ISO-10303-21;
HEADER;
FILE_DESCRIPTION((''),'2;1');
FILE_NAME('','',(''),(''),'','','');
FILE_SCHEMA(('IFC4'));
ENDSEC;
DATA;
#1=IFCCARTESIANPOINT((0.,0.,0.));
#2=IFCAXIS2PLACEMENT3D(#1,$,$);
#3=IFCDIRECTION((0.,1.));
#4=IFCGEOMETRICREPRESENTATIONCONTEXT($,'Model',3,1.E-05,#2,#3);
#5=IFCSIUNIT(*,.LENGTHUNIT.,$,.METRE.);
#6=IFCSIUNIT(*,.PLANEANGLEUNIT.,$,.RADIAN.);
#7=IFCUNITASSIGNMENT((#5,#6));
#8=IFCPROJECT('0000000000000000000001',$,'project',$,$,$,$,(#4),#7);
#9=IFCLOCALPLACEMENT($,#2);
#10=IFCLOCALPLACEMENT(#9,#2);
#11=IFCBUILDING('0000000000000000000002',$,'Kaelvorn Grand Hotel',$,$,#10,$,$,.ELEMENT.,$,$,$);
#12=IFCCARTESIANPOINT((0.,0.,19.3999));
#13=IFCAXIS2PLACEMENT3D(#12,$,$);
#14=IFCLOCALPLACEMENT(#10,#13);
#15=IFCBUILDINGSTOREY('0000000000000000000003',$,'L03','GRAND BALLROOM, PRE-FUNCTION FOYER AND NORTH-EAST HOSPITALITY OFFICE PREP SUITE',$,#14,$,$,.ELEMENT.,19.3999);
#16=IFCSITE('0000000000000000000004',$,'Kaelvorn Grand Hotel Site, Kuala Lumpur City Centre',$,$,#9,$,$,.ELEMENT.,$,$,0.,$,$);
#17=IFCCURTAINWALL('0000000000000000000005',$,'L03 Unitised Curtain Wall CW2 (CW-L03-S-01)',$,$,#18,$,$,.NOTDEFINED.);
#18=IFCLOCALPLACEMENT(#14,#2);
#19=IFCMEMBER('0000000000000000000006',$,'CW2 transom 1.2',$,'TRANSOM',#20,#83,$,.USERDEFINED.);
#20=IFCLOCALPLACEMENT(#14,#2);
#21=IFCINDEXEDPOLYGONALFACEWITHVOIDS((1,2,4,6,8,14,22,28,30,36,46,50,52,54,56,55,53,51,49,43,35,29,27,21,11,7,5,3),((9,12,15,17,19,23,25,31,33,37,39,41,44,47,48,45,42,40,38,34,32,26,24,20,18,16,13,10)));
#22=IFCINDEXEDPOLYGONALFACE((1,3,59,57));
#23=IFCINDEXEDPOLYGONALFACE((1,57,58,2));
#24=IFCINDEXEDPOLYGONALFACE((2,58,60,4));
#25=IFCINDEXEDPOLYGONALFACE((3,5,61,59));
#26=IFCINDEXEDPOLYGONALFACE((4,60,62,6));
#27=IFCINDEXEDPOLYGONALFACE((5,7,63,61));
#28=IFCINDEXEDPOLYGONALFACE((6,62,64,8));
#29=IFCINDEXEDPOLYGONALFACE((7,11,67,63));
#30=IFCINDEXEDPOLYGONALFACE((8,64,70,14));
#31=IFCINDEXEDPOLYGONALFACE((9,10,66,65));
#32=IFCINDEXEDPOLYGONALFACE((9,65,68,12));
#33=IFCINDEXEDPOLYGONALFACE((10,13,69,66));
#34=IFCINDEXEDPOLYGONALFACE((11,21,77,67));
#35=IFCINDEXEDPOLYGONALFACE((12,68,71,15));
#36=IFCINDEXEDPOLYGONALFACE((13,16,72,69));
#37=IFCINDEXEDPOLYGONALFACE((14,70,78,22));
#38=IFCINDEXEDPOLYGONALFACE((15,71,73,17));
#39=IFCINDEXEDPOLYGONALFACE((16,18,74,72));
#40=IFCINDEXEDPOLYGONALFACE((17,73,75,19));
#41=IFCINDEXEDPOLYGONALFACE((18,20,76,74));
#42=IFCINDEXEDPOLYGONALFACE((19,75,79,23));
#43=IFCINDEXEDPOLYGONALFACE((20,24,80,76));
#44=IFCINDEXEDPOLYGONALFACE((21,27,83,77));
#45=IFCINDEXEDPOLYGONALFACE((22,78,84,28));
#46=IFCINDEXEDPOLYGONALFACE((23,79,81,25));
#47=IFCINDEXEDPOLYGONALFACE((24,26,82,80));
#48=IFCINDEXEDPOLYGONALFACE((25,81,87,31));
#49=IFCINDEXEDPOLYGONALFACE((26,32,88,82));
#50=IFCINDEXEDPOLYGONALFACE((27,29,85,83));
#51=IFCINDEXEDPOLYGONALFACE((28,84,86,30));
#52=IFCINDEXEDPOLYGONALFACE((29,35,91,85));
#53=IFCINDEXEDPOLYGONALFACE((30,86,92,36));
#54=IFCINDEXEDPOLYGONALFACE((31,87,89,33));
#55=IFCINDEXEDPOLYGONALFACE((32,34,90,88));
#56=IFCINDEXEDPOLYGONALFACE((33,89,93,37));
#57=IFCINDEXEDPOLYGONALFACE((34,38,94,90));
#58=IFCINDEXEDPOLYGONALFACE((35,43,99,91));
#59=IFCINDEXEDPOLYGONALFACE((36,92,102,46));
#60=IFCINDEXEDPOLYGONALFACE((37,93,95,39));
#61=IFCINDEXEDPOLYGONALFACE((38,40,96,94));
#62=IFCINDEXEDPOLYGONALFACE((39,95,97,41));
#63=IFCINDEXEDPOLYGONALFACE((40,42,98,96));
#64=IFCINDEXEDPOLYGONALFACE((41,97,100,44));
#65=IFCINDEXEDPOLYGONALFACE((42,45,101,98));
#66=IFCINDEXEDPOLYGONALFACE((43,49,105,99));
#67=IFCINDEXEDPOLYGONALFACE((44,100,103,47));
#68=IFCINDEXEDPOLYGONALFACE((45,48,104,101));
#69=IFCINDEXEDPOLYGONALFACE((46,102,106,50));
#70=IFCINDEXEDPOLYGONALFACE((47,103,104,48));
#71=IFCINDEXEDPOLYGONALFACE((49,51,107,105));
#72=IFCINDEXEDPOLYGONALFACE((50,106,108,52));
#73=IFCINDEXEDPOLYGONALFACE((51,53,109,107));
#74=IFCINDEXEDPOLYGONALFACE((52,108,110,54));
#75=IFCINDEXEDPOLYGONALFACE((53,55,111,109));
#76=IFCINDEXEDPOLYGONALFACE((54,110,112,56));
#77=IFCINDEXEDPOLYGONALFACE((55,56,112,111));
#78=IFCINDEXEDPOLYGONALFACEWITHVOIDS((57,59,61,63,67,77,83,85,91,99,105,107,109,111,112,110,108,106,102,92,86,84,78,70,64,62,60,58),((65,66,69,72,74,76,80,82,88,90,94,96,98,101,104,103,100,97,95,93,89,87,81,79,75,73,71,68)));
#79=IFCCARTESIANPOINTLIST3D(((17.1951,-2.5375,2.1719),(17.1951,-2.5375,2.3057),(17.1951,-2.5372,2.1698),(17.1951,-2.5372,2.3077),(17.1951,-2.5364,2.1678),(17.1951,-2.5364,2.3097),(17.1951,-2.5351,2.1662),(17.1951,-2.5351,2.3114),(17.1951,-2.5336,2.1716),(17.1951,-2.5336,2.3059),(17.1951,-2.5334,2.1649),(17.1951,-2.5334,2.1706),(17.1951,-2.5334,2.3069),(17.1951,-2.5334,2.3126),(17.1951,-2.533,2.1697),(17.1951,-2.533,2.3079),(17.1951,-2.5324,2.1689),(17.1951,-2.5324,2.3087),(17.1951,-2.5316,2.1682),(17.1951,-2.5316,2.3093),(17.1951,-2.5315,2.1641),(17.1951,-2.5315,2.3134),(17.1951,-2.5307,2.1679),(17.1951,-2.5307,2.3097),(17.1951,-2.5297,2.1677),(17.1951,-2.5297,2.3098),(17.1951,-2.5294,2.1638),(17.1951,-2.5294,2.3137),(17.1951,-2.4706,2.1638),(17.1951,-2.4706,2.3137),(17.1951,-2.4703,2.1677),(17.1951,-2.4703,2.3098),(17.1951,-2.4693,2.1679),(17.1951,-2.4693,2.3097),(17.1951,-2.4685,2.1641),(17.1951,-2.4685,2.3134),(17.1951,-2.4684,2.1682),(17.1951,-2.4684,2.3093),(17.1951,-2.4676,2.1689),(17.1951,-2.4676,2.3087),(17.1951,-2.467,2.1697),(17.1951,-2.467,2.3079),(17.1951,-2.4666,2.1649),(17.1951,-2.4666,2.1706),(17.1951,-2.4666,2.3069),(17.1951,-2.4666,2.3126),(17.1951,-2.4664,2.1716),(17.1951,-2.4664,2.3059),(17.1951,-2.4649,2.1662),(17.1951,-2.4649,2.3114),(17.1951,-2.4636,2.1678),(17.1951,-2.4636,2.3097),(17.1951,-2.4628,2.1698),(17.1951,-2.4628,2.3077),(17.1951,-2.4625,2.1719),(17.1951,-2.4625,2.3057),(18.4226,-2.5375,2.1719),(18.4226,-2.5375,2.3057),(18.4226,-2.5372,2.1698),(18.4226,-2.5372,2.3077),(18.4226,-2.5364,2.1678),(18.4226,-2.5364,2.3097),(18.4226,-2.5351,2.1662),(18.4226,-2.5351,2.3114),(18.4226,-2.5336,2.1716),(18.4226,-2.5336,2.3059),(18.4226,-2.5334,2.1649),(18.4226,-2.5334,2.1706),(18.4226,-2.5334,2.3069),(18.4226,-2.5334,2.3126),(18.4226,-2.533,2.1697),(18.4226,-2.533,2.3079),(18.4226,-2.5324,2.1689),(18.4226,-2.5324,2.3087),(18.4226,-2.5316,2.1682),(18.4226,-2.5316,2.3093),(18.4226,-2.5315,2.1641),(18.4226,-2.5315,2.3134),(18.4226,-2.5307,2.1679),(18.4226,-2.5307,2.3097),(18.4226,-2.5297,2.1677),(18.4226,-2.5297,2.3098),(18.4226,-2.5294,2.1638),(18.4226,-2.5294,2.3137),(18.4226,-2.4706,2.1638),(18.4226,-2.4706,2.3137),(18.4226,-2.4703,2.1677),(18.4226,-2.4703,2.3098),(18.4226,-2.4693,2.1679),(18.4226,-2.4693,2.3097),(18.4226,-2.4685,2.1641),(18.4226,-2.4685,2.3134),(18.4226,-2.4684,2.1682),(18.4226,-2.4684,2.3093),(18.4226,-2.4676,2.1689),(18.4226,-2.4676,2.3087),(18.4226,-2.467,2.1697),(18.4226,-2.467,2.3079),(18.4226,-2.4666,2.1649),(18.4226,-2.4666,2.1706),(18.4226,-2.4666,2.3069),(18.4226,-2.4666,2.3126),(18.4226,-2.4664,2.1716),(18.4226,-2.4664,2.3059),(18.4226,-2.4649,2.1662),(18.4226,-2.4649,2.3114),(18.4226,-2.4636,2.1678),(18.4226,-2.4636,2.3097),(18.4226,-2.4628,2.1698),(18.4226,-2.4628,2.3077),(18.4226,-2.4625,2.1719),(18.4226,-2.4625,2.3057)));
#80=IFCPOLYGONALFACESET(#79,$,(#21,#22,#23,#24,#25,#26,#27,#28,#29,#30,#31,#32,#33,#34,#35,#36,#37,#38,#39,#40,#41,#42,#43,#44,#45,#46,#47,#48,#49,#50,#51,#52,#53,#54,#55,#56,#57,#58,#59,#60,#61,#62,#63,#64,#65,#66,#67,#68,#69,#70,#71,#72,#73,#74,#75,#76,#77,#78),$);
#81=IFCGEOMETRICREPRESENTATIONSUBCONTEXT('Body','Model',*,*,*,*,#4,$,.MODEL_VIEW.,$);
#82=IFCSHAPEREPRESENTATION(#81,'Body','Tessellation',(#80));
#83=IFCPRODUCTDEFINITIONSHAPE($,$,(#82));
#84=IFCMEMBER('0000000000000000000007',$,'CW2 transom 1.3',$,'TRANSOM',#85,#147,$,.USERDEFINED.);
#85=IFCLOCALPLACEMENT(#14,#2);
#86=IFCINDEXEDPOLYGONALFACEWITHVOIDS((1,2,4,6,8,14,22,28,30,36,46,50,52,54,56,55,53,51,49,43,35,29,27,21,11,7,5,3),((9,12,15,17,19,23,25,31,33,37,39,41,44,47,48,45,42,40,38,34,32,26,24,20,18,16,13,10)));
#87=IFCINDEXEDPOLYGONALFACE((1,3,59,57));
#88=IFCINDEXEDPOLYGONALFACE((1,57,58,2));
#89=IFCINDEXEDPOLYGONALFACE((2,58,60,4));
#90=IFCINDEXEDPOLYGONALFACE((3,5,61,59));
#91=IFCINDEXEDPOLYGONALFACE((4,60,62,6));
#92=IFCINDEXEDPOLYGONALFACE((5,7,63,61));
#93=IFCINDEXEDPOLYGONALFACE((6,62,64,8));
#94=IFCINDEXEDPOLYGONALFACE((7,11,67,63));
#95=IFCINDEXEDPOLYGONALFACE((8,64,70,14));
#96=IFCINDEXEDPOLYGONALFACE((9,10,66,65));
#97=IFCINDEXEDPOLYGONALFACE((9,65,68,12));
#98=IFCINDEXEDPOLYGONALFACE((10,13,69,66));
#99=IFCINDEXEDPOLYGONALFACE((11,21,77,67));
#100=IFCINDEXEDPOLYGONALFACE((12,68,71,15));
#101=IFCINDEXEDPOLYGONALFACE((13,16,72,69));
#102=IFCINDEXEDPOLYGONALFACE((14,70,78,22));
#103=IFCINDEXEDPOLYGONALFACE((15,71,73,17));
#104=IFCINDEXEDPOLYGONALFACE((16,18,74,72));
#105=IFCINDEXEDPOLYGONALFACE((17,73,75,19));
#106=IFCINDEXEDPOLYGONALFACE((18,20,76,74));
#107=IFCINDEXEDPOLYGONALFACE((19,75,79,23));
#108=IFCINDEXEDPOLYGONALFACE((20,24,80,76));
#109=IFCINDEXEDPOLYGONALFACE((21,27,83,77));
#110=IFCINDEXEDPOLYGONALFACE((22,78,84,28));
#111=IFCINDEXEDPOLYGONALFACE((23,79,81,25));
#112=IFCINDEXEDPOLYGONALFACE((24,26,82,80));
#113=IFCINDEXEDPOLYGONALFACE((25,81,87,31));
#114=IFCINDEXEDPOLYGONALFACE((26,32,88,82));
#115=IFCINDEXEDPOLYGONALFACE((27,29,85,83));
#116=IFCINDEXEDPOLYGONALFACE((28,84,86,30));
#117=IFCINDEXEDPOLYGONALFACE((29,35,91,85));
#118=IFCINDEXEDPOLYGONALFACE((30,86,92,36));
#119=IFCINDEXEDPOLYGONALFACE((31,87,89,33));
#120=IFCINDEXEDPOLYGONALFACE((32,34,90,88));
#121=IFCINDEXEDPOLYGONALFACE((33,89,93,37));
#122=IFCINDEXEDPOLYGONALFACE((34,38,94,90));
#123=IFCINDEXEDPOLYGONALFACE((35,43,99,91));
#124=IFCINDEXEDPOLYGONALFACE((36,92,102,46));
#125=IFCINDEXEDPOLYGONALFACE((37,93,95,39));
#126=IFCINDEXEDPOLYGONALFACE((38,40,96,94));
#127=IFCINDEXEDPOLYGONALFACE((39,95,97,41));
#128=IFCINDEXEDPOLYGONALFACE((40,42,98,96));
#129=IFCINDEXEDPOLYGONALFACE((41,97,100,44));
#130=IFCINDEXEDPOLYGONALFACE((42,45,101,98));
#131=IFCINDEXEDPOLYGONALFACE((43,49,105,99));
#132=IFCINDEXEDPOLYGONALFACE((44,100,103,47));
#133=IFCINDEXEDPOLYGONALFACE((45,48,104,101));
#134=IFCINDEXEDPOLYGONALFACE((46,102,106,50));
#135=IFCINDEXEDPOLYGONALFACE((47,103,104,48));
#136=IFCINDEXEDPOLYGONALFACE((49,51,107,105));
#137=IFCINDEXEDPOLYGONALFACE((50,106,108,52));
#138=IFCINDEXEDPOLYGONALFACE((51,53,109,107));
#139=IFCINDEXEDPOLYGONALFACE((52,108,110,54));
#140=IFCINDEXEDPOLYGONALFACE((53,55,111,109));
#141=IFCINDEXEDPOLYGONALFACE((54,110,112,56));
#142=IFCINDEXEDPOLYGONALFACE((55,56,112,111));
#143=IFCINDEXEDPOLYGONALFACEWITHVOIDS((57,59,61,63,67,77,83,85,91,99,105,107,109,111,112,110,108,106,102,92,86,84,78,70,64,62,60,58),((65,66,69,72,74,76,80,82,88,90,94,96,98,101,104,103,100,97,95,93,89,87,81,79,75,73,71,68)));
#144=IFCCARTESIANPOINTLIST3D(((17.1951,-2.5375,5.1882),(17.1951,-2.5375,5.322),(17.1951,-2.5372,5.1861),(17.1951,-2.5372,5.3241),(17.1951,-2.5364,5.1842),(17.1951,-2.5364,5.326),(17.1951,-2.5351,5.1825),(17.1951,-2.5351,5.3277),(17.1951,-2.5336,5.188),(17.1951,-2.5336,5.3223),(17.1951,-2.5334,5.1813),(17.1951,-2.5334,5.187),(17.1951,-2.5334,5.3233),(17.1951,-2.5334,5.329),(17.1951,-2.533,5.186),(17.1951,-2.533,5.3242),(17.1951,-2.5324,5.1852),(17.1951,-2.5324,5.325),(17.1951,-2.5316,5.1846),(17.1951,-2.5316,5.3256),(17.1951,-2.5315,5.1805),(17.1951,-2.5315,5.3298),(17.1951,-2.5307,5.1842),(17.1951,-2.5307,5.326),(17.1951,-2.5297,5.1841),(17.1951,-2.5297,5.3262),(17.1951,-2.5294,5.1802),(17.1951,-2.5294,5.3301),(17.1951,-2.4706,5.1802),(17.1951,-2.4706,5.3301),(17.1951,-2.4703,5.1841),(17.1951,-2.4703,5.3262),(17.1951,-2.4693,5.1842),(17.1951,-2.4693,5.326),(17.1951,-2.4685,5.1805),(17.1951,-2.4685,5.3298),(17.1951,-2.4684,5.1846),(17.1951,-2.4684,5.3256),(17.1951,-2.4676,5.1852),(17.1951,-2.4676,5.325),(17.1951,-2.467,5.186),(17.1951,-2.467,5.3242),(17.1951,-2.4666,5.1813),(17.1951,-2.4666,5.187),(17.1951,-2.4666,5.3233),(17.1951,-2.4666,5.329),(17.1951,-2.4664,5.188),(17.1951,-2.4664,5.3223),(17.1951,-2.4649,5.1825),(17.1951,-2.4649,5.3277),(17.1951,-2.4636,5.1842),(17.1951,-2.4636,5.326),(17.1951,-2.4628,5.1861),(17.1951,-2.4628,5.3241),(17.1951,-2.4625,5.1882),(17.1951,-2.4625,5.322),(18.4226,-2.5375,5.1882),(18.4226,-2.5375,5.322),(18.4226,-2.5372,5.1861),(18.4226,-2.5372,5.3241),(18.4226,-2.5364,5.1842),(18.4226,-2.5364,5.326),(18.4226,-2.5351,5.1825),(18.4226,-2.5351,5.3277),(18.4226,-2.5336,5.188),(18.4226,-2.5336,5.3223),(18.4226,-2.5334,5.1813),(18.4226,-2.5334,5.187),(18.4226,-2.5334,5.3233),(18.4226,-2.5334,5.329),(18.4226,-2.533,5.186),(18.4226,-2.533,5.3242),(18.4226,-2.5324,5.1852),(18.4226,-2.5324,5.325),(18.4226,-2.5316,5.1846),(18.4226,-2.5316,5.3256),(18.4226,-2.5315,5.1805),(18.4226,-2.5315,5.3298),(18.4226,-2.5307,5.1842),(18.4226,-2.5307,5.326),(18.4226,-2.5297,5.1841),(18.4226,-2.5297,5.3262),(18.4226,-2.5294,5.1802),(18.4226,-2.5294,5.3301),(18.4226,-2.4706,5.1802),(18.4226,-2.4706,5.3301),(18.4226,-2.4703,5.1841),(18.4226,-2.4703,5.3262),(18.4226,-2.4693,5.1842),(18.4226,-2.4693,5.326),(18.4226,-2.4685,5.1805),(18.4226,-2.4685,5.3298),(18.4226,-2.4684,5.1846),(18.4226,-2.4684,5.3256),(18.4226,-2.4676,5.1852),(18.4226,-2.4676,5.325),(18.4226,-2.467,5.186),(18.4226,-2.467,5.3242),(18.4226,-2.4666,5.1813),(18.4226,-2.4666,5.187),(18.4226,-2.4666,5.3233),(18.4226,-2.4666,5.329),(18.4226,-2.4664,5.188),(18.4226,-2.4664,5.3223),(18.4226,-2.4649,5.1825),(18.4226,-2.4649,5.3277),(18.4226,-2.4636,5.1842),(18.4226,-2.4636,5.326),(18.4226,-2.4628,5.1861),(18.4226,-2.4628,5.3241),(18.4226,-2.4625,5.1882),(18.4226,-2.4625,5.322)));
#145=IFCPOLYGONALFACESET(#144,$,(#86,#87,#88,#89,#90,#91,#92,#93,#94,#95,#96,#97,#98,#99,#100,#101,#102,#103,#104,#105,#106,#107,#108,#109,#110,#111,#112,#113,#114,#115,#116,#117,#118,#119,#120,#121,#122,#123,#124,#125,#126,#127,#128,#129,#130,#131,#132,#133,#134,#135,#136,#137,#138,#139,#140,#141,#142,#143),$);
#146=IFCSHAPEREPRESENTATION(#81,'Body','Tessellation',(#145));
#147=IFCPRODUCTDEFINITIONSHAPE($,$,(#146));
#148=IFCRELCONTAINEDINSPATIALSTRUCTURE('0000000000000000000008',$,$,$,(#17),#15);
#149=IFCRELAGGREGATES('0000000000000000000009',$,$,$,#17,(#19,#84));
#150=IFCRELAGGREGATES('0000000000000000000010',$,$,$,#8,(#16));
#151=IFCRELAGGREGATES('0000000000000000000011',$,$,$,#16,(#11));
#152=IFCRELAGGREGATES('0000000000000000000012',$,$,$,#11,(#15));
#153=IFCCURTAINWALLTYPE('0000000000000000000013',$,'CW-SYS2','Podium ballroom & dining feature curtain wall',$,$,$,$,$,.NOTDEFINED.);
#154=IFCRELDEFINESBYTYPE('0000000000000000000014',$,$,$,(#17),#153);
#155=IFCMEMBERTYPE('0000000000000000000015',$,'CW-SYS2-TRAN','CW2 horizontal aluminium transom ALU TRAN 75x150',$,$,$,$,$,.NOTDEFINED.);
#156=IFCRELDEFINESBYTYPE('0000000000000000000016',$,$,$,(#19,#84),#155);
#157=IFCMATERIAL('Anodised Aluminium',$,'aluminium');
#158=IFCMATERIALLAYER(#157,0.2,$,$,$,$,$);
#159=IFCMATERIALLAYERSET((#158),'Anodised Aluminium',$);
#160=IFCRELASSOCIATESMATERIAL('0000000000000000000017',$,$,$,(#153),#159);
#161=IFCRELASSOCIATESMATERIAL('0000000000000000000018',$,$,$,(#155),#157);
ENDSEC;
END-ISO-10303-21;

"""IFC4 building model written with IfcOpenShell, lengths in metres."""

from ifc_helpers import new_model, si_unit, direction, frame, origin, origin_2d, place, context, subcontext, project, spatial, hollow_rectangle, extrude, material, layer, layer_set, material_profile, profile_set, type_object, element, aggregate, save


model = new_model("IFC4")

# Units and contexts
model_context = context("Model", 3, precision=1e-05, world=origin(), true_north=direction((0.0, 1.0)))
body_context = subcontext(model_context, "Body", "Model", "MODEL_VIEW")
ifc_project = project(units=[si_unit("LENGTHUNIT", "METRE"), si_unit("PLANEANGLEUNIT", "RADIAN")], contexts=[model_context])

# Site, building, storey
site_placement = place(None, origin())
site = spatial("IfcSite", under=ifc_project, at=site_placement, Name="Kaelvorn Grand Hotel Site, Kuala Lumpur City Centre", CompositionType="ELEMENT", RefElevation=0.0)
building_placement = place(site_placement, origin())
building = spatial("IfcBuilding", under=site, at=building_placement, Name="Kaelvorn Grand Hotel", CompositionType="ELEMENT")
storey_placement = place(building_placement, frame((0.0, 0.0, 19.3999)))
storey = spatial("IfcBuildingStorey", under=building, at=storey_placement, Name="L03", Description="GRAND BALLROOM, PRE-FUNCTION FOYER AND NORTH-EAST HOSPITALITY OFFICE PREP SUITE", CompositionType="ELEMENT", Elevation=19.3999)

# Curtain wall, members
ifc_material_1 = material(Name="Anodised Aluminium", Category="aluminium")
ifc_layer_1 = layer(ifc_material_1, 0.2)
ifc_layer_set_1 = layer_set([ifc_layer_1], Name="Anodised Aluminium")
curtain_wall_type = type_object("IfcCurtainWallType", Name="CW-SYS2", Description="Podium ballroom & dining feature curtain wall", PredefinedType="NOTDEFINED", material=ifc_layer_set_1)
curtain_wall_placement = place(storey_placement, origin())
curtain_wall = element("IfcCurtainWall", 1, at=curtain_wall_placement, inside=storey, type_object=curtain_wall_type, Name="L03 Unitised Curtain Wall CW2 (CW-L03-S-01)", PredefinedType="NOTDEFINED")
ifc_material_profile_1 = material_profile(ifc_material_1, hollow_rectangle(XDim=0.075, YDim=0.1499, WallThickness=0.0039, InnerFilletRadius=0.0039, OuterFilletRadius=0.0081, at=origin_2d()), Name="ALU TRAN 75x150")
ifc_profile_set_1 = profile_set([ifc_material_profile_1], Name="Anodised Aluminium")
member_type_1 = type_object("IfcMemberType", Name="CW-SYS2-TRAN", Description="CW2 horizontal aluminium transom ALU TRAN 75x150", PredefinedType="NOTDEFINED", material=ifc_profile_set_1)
member_1_placement = place(storey_placement, frame((17.1951, -2.5, 2.2388), z_axis=(1.0, 0.0, 0.0), x_axis=(0.0, 1.0, 0.0)))
member_1 = element("IfcMember", 2, at=member_1_placement, type_object=member_type_1, Name="CW2 transom 1.2", ObjectType="TRANSOM", PredefinedType="USERDEFINED", context=body_context, shape_type="SweptSolid", body=[
    extrude(hollow_rectangle(XDim=0.075, YDim=0.1499, WallThickness=0.0039, InnerFilletRadius=0.0039, OuterFilletRadius=0.0081, at=origin_2d()), origin(), (0.0, 0.0, 1.0), 1.2275),
])
member_2_placement = place(storey_placement, frame((17.1951, -2.5, 5.2551), z_axis=(1.0, 0.0, 0.0), x_axis=(0.0, 1.0, 0.0)))
member_2 = element("IfcMember", 3, at=member_2_placement, type_object=member_type_1, Name="CW2 transom 1.3", ObjectType="TRANSOM", PredefinedType="USERDEFINED", context=body_context, shape_type="SweptSolid", body=[
    extrude(hollow_rectangle(XDim=0.075, YDim=0.1499, WallThickness=0.0039, InnerFilletRadius=0.0039, OuterFilletRadius=0.0081, at=origin_2d()), origin(), (0.0, 0.0, 1.0), 1.2275),
])
aggregate(curtain_wall, [member_1, member_2])

save(model, "model.ifc")
